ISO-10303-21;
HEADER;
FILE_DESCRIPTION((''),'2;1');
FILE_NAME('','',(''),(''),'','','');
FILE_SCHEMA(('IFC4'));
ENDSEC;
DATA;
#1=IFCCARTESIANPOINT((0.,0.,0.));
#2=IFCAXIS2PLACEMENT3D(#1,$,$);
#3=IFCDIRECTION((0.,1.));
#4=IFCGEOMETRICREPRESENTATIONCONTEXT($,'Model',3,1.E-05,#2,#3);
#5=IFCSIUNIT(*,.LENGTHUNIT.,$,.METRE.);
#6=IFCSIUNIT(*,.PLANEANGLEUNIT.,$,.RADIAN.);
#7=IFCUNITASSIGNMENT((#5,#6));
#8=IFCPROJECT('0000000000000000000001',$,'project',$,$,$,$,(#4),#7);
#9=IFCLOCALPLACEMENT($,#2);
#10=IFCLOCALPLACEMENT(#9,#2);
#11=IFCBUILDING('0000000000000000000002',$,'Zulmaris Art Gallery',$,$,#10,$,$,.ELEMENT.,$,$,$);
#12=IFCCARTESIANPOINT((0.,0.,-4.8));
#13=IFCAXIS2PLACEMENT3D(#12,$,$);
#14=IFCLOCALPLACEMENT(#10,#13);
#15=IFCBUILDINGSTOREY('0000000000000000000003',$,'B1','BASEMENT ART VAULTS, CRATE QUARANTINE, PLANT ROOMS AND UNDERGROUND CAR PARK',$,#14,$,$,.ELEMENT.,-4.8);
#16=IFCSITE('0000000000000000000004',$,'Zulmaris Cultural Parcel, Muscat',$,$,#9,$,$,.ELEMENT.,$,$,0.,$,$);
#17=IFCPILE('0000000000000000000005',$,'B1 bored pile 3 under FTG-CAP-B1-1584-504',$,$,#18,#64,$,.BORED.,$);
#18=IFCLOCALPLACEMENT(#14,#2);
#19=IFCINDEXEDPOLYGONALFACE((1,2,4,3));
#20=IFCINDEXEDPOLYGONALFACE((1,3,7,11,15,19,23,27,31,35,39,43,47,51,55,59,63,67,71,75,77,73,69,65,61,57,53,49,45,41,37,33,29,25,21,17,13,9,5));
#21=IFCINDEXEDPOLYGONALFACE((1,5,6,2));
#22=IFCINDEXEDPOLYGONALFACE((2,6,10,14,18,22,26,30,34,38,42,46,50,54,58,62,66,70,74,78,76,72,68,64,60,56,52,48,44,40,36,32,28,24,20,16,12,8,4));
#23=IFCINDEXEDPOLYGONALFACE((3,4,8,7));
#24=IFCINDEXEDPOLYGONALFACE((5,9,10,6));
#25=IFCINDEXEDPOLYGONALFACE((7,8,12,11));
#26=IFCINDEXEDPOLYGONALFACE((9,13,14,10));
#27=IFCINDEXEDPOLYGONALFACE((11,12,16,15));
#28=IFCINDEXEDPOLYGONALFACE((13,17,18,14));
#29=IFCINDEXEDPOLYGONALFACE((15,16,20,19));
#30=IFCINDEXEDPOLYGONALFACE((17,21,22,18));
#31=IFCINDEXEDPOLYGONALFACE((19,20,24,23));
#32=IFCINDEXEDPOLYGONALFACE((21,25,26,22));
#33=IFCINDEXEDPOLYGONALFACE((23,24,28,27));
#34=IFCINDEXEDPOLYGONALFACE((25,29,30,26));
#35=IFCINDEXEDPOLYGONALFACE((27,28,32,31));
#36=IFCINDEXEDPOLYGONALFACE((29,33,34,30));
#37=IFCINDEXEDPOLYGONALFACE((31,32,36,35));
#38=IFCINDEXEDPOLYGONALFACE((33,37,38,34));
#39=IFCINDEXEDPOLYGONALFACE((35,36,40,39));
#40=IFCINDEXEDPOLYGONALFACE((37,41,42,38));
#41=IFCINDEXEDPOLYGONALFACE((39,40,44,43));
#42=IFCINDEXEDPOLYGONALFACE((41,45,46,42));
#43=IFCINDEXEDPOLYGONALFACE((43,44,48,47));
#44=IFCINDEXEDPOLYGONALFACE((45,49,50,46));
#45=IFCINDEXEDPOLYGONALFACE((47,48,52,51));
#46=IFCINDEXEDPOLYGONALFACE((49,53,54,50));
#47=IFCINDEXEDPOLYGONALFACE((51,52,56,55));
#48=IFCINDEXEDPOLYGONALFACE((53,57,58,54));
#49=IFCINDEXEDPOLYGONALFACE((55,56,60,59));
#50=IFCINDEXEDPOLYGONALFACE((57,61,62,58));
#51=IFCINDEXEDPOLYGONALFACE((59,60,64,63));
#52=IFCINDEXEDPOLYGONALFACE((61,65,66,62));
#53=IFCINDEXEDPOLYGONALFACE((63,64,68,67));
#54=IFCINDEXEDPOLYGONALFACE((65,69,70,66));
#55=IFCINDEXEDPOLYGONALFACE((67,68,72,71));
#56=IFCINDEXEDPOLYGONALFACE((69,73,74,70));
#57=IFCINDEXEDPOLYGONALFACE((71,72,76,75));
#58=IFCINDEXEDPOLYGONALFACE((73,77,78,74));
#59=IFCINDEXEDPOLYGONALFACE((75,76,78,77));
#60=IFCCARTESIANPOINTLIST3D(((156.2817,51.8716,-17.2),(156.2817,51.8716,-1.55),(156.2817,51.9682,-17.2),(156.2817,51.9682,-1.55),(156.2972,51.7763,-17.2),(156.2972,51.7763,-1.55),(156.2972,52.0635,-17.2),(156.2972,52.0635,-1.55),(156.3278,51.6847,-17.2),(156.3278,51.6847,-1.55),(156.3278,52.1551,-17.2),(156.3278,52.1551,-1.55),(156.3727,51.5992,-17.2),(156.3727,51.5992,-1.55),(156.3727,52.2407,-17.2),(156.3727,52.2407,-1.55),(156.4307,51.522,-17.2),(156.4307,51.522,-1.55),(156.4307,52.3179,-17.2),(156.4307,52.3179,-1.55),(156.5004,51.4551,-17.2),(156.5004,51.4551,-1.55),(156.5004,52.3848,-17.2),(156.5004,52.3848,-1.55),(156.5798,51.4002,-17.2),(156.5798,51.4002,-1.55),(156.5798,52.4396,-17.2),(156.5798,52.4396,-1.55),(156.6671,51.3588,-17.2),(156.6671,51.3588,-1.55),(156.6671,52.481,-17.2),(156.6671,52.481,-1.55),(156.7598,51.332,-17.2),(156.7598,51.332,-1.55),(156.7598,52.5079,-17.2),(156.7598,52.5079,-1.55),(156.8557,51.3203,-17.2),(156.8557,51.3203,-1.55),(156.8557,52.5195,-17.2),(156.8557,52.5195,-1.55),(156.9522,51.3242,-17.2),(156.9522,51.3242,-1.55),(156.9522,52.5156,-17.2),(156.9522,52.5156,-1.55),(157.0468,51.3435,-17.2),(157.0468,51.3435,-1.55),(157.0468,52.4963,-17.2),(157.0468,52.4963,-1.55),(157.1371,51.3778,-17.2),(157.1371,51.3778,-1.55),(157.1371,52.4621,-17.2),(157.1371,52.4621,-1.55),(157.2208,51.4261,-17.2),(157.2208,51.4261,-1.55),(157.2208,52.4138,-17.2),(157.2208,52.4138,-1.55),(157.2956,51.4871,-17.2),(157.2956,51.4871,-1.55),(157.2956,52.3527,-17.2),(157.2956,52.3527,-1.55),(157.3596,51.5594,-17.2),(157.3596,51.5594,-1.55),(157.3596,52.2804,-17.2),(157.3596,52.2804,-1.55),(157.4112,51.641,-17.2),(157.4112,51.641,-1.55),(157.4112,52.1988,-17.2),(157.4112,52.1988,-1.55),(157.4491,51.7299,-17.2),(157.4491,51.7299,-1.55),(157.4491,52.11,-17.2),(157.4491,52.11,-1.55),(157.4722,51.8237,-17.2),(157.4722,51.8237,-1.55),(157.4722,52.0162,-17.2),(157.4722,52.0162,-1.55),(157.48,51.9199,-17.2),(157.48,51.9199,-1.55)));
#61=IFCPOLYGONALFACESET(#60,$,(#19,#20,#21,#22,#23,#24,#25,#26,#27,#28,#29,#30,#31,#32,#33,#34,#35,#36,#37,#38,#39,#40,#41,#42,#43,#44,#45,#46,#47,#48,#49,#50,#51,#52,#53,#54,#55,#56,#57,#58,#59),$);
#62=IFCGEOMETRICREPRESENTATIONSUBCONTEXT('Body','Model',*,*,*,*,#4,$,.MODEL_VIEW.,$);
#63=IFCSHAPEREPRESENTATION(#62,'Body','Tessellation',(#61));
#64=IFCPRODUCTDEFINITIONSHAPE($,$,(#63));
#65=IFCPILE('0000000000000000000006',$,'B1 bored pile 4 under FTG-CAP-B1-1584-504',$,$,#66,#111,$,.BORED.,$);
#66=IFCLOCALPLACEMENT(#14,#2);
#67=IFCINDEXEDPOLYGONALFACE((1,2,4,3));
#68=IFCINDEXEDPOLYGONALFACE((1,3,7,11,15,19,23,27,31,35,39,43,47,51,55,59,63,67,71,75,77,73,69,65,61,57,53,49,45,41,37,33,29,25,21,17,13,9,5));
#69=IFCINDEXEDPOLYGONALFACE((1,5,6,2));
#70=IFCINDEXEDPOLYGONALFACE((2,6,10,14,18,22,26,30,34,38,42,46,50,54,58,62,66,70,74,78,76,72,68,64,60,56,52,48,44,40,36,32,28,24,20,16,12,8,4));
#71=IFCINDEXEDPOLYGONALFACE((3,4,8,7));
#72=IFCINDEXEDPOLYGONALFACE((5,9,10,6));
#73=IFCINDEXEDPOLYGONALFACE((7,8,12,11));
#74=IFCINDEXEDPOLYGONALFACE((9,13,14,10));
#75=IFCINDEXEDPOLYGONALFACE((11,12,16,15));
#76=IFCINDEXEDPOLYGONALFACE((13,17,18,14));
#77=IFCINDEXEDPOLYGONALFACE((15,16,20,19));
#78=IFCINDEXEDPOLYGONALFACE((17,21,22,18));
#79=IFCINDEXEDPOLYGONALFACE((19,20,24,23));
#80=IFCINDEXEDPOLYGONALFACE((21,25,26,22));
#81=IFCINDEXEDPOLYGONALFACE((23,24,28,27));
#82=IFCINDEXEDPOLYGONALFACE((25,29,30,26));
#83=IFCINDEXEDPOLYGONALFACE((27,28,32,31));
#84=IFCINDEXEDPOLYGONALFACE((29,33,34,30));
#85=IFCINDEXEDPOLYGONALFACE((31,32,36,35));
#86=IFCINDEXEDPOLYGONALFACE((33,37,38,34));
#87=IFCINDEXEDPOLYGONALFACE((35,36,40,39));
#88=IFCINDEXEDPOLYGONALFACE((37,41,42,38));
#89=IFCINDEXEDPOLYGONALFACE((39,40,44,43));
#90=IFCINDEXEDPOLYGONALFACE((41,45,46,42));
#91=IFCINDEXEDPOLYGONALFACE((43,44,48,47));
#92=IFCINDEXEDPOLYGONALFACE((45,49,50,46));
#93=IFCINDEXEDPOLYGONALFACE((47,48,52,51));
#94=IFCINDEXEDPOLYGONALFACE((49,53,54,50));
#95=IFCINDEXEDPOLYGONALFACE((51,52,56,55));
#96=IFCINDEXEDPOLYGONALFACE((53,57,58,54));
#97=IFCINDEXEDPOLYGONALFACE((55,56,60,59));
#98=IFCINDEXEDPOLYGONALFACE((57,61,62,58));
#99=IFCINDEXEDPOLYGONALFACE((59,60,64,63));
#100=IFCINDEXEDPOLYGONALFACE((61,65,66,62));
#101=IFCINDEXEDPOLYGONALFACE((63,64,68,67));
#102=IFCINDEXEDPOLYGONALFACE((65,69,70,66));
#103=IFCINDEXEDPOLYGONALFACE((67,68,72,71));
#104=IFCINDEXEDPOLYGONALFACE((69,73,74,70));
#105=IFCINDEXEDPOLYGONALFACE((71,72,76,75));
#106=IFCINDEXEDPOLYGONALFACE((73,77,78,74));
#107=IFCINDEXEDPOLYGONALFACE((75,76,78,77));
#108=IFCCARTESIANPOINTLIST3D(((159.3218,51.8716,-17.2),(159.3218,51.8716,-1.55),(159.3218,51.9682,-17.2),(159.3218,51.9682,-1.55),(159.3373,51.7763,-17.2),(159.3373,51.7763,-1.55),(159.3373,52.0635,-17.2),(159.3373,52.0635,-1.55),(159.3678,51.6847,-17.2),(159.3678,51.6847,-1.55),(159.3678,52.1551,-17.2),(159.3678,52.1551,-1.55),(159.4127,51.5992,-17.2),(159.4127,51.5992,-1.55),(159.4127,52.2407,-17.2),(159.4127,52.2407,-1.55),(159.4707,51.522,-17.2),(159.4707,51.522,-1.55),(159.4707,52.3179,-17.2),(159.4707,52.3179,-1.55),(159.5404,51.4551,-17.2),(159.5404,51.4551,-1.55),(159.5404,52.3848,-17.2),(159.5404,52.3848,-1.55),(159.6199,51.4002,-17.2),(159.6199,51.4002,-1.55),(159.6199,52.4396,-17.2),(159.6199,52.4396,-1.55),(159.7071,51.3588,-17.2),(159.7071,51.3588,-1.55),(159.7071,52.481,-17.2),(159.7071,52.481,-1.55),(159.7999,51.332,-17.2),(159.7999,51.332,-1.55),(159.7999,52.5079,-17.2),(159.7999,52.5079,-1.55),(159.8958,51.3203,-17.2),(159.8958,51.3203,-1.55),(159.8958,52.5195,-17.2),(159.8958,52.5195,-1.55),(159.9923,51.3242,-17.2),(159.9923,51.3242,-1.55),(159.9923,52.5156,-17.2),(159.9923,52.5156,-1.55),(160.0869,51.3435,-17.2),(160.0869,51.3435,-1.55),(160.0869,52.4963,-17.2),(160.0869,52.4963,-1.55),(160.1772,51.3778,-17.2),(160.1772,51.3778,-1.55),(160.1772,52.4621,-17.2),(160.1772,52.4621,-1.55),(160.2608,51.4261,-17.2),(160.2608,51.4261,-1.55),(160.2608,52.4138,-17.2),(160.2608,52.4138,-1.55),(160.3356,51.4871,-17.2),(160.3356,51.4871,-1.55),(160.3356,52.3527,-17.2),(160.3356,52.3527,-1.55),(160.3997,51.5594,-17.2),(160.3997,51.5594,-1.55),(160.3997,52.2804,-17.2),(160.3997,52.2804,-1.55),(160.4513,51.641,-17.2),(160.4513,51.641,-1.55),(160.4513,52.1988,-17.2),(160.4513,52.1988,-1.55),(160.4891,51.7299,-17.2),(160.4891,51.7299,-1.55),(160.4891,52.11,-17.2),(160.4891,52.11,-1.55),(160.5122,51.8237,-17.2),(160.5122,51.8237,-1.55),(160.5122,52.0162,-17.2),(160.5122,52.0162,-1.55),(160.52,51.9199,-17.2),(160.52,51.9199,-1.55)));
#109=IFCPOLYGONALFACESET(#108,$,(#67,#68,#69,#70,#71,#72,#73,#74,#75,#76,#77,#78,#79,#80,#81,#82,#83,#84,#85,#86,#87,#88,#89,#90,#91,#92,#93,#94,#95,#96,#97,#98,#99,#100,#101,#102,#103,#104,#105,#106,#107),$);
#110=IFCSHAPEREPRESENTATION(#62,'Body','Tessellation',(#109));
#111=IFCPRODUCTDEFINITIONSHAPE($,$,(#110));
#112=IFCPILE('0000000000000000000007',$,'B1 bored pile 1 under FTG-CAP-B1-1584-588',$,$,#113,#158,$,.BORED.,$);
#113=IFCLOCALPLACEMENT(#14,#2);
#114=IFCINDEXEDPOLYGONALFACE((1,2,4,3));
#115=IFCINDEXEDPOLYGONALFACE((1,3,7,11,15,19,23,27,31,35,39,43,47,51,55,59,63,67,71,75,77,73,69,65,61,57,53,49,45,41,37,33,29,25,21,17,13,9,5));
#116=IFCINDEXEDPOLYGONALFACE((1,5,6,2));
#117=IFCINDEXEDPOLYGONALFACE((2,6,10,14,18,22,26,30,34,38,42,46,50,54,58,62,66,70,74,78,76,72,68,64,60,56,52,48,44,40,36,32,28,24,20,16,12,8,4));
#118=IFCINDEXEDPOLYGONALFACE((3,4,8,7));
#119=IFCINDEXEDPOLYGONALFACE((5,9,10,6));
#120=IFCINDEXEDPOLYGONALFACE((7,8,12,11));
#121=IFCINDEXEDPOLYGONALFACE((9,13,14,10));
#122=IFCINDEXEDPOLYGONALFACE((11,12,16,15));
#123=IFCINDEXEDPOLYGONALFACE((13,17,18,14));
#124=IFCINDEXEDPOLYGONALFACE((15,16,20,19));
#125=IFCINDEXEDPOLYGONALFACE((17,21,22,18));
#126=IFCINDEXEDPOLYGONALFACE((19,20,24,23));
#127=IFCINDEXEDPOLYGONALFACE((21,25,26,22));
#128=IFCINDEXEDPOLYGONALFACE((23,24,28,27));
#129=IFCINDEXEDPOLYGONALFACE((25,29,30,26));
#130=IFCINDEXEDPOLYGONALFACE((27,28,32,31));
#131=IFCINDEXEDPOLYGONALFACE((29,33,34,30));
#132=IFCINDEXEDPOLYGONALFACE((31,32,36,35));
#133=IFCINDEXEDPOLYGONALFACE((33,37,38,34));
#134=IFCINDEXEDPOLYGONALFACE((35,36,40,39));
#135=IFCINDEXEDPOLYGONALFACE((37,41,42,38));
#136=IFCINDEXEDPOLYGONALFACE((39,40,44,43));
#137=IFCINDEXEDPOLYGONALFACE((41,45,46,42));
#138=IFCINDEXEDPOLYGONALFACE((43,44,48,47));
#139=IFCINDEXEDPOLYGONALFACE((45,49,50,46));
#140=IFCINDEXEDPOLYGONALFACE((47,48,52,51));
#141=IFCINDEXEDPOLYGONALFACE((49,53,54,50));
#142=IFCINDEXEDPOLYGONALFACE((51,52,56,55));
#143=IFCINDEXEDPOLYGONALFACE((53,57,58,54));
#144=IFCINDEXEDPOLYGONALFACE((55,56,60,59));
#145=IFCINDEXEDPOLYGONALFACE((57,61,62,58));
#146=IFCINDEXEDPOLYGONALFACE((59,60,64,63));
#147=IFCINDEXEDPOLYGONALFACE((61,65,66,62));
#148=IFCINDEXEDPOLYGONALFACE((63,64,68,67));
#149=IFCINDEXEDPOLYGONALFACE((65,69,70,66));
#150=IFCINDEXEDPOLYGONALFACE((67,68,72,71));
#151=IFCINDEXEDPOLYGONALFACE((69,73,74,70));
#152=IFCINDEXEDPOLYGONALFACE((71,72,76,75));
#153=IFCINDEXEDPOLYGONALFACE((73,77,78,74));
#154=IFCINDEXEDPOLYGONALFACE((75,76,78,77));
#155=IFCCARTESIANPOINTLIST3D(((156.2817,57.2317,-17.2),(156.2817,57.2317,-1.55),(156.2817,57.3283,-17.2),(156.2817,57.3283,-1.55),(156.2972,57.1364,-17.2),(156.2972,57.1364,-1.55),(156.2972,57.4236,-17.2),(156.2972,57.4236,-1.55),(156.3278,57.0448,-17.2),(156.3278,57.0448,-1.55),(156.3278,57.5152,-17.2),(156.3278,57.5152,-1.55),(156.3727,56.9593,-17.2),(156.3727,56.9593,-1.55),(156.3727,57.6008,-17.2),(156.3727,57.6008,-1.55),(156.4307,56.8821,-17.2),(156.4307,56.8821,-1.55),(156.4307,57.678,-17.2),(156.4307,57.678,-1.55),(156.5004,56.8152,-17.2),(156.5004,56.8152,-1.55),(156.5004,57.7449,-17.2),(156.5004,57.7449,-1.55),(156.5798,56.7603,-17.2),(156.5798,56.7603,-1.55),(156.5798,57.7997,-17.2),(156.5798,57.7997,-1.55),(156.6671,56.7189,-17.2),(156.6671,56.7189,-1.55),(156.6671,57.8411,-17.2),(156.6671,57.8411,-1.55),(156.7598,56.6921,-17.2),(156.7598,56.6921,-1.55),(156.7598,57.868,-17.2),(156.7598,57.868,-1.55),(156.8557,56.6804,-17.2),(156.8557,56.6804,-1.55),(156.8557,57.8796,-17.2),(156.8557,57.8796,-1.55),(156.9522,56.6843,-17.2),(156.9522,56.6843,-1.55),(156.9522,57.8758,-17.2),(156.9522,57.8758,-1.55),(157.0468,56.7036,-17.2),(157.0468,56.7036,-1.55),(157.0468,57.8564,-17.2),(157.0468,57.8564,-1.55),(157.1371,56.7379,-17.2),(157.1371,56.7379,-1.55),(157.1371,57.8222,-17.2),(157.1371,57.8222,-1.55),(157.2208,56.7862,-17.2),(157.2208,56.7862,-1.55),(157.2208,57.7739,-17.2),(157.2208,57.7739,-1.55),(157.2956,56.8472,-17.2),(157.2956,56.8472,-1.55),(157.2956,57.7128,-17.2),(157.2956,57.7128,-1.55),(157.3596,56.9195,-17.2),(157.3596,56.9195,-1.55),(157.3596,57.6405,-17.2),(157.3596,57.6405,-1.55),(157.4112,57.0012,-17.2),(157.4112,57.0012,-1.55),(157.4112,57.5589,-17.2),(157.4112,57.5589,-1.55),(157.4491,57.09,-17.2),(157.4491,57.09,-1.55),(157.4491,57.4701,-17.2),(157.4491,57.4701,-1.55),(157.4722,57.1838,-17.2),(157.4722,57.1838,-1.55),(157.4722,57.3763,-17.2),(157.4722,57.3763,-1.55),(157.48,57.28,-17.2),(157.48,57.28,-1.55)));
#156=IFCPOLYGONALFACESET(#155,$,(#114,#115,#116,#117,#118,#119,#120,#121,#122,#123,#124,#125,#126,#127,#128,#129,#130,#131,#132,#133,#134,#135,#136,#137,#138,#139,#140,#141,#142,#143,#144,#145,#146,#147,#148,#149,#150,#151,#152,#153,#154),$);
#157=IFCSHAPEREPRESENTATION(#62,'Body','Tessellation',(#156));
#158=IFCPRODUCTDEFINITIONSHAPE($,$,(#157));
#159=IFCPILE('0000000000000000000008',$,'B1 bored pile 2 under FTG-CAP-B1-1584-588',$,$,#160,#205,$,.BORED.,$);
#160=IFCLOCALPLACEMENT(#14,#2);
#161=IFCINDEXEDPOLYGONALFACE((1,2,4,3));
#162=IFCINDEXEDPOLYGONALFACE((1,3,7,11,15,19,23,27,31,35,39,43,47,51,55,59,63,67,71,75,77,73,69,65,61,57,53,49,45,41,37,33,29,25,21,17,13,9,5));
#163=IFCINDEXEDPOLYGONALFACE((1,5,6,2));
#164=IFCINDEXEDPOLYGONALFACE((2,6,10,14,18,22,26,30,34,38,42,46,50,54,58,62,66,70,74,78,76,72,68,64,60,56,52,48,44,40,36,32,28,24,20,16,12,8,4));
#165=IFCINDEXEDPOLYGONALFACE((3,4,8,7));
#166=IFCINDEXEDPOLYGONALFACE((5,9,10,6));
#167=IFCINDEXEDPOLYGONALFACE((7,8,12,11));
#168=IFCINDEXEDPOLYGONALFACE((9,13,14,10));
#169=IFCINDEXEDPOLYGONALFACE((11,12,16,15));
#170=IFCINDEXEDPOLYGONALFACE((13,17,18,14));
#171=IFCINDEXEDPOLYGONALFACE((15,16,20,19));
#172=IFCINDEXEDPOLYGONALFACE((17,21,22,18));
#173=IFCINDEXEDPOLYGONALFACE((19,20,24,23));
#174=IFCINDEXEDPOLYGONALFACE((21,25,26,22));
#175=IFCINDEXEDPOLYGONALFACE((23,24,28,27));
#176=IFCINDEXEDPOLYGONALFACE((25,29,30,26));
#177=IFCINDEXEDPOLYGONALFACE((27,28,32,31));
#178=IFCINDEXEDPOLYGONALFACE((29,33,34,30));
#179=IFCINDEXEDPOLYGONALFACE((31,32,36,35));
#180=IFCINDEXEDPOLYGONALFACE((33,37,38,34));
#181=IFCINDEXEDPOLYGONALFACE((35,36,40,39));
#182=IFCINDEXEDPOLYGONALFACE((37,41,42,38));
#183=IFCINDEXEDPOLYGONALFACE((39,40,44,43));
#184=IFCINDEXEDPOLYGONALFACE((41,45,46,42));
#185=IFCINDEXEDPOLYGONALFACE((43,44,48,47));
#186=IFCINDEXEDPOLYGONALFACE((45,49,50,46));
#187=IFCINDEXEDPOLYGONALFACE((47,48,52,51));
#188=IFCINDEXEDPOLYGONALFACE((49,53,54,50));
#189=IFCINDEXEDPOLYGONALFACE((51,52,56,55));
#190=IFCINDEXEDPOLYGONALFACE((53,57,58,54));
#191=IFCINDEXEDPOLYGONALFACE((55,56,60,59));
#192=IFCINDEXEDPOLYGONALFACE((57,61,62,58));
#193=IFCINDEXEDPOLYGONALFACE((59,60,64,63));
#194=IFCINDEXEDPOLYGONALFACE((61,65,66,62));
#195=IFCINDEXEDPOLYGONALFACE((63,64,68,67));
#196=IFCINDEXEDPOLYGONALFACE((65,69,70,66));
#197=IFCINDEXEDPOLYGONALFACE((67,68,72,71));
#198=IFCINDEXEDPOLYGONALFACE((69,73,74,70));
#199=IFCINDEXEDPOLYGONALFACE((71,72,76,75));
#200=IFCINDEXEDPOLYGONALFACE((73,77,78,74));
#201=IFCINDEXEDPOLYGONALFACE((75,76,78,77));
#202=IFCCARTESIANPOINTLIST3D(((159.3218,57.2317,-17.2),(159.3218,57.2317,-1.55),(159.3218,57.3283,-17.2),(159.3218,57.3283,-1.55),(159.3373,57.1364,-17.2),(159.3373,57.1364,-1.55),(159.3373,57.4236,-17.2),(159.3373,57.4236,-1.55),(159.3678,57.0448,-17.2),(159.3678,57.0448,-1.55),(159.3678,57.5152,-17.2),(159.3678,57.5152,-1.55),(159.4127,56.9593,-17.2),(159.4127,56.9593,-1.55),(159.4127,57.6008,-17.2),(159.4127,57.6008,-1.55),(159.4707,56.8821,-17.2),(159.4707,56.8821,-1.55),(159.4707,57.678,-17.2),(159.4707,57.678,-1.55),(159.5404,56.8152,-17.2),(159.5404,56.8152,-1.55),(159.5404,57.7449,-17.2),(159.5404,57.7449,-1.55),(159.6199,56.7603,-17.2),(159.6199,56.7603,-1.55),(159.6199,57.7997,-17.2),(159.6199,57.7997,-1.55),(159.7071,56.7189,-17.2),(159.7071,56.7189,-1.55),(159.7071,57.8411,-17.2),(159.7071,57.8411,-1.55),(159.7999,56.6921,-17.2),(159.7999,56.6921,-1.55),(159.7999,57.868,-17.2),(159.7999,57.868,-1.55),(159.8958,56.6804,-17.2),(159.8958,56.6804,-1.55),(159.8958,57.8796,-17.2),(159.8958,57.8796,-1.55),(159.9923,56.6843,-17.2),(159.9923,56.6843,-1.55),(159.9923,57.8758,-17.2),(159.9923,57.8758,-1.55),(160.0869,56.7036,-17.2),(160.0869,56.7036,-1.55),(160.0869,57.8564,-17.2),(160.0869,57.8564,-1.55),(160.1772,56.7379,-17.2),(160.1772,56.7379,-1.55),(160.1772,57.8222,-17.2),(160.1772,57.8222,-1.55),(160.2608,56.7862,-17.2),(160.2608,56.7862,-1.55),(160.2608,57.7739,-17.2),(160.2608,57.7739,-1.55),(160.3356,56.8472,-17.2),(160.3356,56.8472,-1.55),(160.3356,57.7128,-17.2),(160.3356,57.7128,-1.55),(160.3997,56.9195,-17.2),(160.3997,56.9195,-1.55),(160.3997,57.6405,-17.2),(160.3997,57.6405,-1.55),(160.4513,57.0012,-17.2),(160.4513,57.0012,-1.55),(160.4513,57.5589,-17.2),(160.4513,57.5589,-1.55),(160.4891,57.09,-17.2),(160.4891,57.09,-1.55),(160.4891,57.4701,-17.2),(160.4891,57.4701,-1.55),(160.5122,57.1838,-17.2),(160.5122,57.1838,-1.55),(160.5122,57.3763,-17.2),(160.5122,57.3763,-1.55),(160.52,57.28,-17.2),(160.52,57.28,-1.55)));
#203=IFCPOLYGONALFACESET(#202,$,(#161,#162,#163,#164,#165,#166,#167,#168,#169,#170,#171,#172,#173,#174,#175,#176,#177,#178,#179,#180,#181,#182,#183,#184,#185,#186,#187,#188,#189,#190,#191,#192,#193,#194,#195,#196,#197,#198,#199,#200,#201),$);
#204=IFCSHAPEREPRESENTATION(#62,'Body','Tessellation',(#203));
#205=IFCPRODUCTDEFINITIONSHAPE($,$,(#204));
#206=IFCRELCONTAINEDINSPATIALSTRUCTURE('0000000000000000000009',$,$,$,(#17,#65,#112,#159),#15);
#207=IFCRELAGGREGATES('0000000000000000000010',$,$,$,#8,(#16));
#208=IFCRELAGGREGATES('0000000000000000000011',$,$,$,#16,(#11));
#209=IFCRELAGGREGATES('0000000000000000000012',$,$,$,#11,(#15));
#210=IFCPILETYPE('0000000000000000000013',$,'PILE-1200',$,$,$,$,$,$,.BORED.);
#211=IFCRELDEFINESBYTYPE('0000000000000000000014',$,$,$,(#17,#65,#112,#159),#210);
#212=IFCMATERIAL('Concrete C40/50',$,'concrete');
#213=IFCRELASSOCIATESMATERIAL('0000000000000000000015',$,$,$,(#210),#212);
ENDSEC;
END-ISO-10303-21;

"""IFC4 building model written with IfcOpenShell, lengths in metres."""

from ifc_helpers import new_model, si_unit, direction, frame, origin, origin_2d, place, context, subcontext, project, spatial, circle, extrude, material, material_profile, profile_set, type_object, element, save


model = new_model("IFC4")

# Units and contexts
model_context = context("Model", 3, precision=1e-05, world=origin(), true_north=direction((0.0, 1.0)))
body_context = subcontext(model_context, "Body", "Model", "MODEL_VIEW")
ifc_project = project(units=[si_unit("LENGTHUNIT", "METRE"), si_unit("PLANEANGLEUNIT", "RADIAN")], contexts=[model_context])

# Site, building, storey
site_placement = place(None, origin())
site = spatial("IfcSite", under=ifc_project, at=site_placement, Name="Zulmaris Cultural Parcel, Muscat", CompositionType="ELEMENT", RefElevation=0.0)
building_placement = place(site_placement, origin())
building = spatial("IfcBuilding", under=site, at=building_placement, Name="Zulmaris Art Gallery", CompositionType="ELEMENT")
storey_placement = place(building_placement, frame((0.0, 0.0, -4.8)))
storey = spatial("IfcBuildingStorey", under=building, at=storey_placement, Name="B1", Description="BASEMENT ART VAULTS, CRATE QUARANTINE, PLANT ROOMS AND UNDERGROUND CAR PARK", CompositionType="ELEMENT", Elevation=-4.8)

# Piles
ifc_material_1 = material(Name="Concrete C40/50", Category="concrete")
ifc_material_profile_1 = material_profile(ifc_material_1, circle(Radius=0.6001, at=origin_2d()), Name="PILE DIA 1200")
ifc_profile_set_1 = profile_set([ifc_material_profile_1], Name="Concrete C40/50")
pile_type = type_object("IfcPileType", Name="PILE-1200", PredefinedType="BORED", material=ifc_profile_set_1)
for number, where, z_axis, x_axis, name in (
    (1, (156.8799, 51.9199, -1.55), (0.0, 0.0, -1.0), (1.0, 0.0, 0.0), "B1 bored pile 3 under FTG-CAP-B1-1584-504"),
    (2, (159.9199, 51.9199, -1.55), (0.0, 0.0, -1.0), (1.0, 0.0, 0.0), "B1 bored pile 4 under FTG-CAP-B1-1584-504"),
    (3, (156.8799, 57.28, -1.55), (0.0, 0.0, -1.0), (1.0, 0.0, 0.0), "B1 bored pile 1 under FTG-CAP-B1-1584-588"),
    (4, (159.9199, 57.28, -1.55), (0.0, 0.0, -1.0), (1.0, 0.0, 0.0), "B1 bored pile 2 under FTG-CAP-B1-1584-588"),
):
    element("IfcPile", number, at=place(storey_placement, frame(where, z_axis=z_axis, x_axis=x_axis)), inside=storey, type_object=pile_type, Name=name, PredefinedType="BORED", context=body_context, shape_type="SweptSolid", body=[
        extrude(circle(Radius=0.6001, at=origin_2d()), origin(), (0.0, 0.0, 1.0), 15.6499),
    ])

save(model, "model.ifc")
